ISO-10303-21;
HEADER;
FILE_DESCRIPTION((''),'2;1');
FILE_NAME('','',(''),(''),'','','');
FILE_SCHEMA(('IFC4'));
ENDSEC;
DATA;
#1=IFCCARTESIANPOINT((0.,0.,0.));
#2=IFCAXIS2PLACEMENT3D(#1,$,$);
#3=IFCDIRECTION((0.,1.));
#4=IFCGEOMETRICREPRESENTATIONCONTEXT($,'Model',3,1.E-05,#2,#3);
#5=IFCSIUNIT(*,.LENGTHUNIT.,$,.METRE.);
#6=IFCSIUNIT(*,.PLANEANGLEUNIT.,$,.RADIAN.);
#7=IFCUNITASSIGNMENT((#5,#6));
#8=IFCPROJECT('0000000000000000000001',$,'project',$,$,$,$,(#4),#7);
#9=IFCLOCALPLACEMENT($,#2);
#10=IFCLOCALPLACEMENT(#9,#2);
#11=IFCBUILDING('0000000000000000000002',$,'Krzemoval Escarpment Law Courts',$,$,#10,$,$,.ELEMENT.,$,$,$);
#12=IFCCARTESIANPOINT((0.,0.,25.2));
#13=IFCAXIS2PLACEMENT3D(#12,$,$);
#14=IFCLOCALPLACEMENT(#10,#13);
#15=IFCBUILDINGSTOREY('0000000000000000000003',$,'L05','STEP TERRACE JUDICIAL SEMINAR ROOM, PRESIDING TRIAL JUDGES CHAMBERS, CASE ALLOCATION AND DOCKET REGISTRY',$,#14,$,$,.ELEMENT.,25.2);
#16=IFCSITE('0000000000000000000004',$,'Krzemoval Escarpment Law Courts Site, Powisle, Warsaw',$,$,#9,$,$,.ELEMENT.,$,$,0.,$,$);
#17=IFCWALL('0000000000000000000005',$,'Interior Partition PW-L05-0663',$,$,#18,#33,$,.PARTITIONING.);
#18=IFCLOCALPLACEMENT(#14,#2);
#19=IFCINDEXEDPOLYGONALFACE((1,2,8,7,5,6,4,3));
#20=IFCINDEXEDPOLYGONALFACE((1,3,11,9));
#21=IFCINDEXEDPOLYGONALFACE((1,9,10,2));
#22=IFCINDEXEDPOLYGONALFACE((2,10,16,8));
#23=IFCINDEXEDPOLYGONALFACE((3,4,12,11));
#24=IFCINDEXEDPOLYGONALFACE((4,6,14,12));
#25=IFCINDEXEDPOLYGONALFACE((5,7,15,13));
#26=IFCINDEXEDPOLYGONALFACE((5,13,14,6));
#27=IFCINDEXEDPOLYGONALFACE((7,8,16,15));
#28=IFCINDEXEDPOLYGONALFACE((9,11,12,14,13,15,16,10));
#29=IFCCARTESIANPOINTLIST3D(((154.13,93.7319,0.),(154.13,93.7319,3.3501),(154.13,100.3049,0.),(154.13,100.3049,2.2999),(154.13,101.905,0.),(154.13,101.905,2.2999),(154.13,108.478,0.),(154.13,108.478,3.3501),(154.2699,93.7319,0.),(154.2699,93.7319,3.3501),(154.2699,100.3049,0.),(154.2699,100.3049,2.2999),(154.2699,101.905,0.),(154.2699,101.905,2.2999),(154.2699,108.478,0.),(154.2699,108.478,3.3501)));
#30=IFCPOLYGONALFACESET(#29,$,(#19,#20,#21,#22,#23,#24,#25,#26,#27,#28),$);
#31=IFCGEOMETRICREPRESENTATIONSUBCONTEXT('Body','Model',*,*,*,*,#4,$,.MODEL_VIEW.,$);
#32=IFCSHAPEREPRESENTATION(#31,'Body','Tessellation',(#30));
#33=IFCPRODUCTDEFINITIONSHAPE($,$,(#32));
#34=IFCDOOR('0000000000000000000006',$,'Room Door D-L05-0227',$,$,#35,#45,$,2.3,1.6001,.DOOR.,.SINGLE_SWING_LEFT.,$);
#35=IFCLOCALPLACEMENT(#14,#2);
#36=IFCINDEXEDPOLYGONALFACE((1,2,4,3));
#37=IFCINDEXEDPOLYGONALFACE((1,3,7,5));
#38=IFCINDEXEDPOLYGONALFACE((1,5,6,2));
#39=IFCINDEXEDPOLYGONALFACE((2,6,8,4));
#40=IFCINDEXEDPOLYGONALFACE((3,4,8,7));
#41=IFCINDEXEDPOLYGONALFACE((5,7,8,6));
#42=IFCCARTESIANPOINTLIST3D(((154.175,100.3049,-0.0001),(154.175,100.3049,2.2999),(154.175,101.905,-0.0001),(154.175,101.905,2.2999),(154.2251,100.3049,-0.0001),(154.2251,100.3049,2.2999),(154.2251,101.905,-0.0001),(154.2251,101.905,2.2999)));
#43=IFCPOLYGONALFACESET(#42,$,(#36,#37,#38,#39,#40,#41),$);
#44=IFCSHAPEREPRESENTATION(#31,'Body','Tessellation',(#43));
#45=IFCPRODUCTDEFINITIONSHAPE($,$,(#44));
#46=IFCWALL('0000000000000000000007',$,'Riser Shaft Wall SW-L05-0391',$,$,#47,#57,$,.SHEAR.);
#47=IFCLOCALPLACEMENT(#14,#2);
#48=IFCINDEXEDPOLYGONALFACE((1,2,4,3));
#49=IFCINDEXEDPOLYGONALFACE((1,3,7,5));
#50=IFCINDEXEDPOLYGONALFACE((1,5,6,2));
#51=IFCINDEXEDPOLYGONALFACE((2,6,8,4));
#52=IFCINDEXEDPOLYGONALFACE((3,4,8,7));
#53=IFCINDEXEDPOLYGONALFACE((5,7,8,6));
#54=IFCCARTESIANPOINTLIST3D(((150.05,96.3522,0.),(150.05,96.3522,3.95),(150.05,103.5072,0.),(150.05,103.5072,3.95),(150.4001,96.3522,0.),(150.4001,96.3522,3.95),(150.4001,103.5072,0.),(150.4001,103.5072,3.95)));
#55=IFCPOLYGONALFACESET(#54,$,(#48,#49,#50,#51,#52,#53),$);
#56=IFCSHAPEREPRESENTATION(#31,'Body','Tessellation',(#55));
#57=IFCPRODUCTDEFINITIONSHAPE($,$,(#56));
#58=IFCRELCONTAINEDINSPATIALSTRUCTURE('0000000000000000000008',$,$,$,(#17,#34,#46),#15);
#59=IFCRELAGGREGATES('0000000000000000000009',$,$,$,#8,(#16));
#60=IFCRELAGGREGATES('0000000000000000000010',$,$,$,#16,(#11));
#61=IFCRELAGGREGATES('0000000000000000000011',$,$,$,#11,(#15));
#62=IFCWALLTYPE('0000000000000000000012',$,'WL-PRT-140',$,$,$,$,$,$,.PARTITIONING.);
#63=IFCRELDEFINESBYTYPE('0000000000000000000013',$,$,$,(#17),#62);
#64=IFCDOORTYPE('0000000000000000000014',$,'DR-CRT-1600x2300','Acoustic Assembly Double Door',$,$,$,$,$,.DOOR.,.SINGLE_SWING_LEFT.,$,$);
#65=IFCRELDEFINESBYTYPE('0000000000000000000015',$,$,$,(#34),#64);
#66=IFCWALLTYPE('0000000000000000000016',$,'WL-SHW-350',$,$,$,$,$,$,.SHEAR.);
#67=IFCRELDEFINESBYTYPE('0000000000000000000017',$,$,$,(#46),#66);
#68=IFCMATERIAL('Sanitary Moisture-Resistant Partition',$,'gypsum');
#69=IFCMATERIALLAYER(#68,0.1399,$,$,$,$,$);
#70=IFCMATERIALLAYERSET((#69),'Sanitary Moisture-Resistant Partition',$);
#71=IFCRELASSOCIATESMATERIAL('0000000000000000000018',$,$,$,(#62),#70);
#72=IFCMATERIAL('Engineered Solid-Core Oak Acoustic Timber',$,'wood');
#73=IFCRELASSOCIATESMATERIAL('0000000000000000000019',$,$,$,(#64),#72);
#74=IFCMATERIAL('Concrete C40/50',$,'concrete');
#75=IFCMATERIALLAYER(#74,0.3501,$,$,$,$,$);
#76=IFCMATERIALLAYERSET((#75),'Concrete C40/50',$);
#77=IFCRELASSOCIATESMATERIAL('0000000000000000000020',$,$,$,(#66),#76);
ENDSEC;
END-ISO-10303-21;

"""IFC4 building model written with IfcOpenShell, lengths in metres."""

from ifc_helpers import new_model, si_unit, direction, frame, frame_2d, origin, place, context, subcontext, project, spatial, rectangle, extrude, material, layer, layer_set, type_object, element, fill, save


model = new_model("IFC4")

# Units and contexts
model_context = context("Model", 3, precision=1e-05, world=origin(), true_north=direction((0.0, 1.0)))
body_context = subcontext(model_context, "Body", "Model", "MODEL_VIEW")
ifc_project = project(units=[si_unit("LENGTHUNIT", "METRE"), si_unit("PLANEANGLEUNIT", "RADIAN")], contexts=[model_context])

# Site, building, storey
site_placement = place(None, origin())
site = spatial("IfcSite", under=ifc_project, at=site_placement, Name="Krzemoval Escarpment Law Courts Site, Powisle, Warsaw", CompositionType="ELEMENT", RefElevation=0.0)
building_placement = place(site_placement, origin())
building = spatial("IfcBuilding", under=site, at=building_placement, Name="Krzemoval Escarpment Law Courts", CompositionType="ELEMENT")
storey_placement = place(building_placement, frame((0.0, 0.0, 25.2)))
storey = spatial("IfcBuildingStorey", under=building, at=storey_placement, Name="L05", Description="STEP TERRACE JUDICIAL SEMINAR ROOM, PRESIDING TRIAL JUDGES CHAMBERS, CASE ALLOCATION AND DOCKET REGISTRY", CompositionType="ELEMENT", Elevation=25.2)

# Wall, opening, door
ifc_material_1 = material(Name="Sanitary Moisture-Resistant Partition", Category="gypsum")
ifc_layer_1 = layer(ifc_material_1, 0.1399)
ifc_layer_set_1 = layer_set([ifc_layer_1], Name="Sanitary Moisture-Resistant Partition")
wall_type_1 = type_object("IfcWallType", Name="WL-PRT-140", PredefinedType="PARTITIONING", material=ifc_layer_set_1)
wall_1_placement = place(storey_placement, frame((154.2, 93.7319, 0.0), z_axis=(0.0, 0.0, 1.0), x_axis=(0.0, 1.0, 0.0)))
wall_1 = element("IfcWall", 1, at=wall_1_placement, inside=storey, type_object=wall_type_1, Name="Interior Partition PW-L05-0663", PredefinedType="PARTITIONING", context=body_context, shape_type="SweptSolid", body=[
    extrude(rectangle(XDim=14.7461, YDim=0.1399, at=frame_2d((7.373, 0.0))), origin(), (0.0, 0.0, 1.0), 3.3501),
])
opening_1_placement = place(wall_1_placement, frame((6.573, 0.0, 0.0)))
opening_1 = element("IfcOpeningElement", 2, at=opening_1_placement, cuts=wall_1, PredefinedType="OPENING", context=body_context, shape_type="SweptSolid", body=[
    extrude(rectangle(XDim=1.6001, YDim=2.3, at=frame_2d((0.8, 1.1499))), frame((0.0, 0.0849, 0.0), z_axis=(0.0, -1.0, 0.0), x_axis=(1.0, 0.0, 0.0)), (0.0, 0.0, 1.0), 0.1699),
])
ifc_material_2 = material(Name="Engineered Solid-Core Oak Acoustic Timber", Category="wood")
door_type = type_object("IfcDoorType", Name="DR-CRT-1600x2300", Description="Acoustic Assembly Double Door", OperationType="SINGLE_SWING_LEFT", PredefinedType="DOOR", material=ifc_material_2)
door_placement = place(opening_1_placement, origin())
door = element("IfcDoor", 3, at=door_placement, inside=storey, type_object=door_type, Name="Room Door D-L05-0227", OperationType="SINGLE_SWING_LEFT", OverallHeight=2.3, OverallWidth=1.6001, PredefinedType="DOOR", context=body_context, shape_type="SweptSolid", body=[
    extrude(rectangle(XDim=1.6001, YDim=2.3, at=frame_2d((0.8, 1.1499))), frame((0.0, 0.0249, 0.0), z_axis=(0.0, -1.0, 0.0), x_axis=(1.0, 0.0, 0.0)), (0.0, 0.0, 1.0), 0.05),
])
fill(opening_1, door)

# Wall
ifc_material_3 = material(Name="Concrete C40/50", Category="concrete")
ifc_layer_2 = layer(ifc_material_3, 0.3501)
ifc_layer_set_2 = layer_set([ifc_layer_2], Name="Concrete C40/50")
wall_type_2 = type_object("IfcWallType", Name="WL-SHW-350", PredefinedType="SHEAR", material=ifc_layer_set_2)
wall_2_placement = place(storey_placement, frame((150.2251, 96.3521, 0.0), z_axis=(0.0, 0.0, 1.0), x_axis=(0.0, 1.0, 0.0)))
element("IfcWall", 4, at=wall_2_placement, inside=storey, type_object=wall_type_2, Name="Riser Shaft Wall SW-L05-0391", PredefinedType="SHEAR", context=body_context, shape_type="SweptSolid", body=[
    extrude(rectangle(XDim=7.155, YDim=0.3501, at=frame_2d((3.5776, 0.0))), origin(), (0.0, 0.0, 1.0), 3.95),
])

save(model, "model.ifc")
